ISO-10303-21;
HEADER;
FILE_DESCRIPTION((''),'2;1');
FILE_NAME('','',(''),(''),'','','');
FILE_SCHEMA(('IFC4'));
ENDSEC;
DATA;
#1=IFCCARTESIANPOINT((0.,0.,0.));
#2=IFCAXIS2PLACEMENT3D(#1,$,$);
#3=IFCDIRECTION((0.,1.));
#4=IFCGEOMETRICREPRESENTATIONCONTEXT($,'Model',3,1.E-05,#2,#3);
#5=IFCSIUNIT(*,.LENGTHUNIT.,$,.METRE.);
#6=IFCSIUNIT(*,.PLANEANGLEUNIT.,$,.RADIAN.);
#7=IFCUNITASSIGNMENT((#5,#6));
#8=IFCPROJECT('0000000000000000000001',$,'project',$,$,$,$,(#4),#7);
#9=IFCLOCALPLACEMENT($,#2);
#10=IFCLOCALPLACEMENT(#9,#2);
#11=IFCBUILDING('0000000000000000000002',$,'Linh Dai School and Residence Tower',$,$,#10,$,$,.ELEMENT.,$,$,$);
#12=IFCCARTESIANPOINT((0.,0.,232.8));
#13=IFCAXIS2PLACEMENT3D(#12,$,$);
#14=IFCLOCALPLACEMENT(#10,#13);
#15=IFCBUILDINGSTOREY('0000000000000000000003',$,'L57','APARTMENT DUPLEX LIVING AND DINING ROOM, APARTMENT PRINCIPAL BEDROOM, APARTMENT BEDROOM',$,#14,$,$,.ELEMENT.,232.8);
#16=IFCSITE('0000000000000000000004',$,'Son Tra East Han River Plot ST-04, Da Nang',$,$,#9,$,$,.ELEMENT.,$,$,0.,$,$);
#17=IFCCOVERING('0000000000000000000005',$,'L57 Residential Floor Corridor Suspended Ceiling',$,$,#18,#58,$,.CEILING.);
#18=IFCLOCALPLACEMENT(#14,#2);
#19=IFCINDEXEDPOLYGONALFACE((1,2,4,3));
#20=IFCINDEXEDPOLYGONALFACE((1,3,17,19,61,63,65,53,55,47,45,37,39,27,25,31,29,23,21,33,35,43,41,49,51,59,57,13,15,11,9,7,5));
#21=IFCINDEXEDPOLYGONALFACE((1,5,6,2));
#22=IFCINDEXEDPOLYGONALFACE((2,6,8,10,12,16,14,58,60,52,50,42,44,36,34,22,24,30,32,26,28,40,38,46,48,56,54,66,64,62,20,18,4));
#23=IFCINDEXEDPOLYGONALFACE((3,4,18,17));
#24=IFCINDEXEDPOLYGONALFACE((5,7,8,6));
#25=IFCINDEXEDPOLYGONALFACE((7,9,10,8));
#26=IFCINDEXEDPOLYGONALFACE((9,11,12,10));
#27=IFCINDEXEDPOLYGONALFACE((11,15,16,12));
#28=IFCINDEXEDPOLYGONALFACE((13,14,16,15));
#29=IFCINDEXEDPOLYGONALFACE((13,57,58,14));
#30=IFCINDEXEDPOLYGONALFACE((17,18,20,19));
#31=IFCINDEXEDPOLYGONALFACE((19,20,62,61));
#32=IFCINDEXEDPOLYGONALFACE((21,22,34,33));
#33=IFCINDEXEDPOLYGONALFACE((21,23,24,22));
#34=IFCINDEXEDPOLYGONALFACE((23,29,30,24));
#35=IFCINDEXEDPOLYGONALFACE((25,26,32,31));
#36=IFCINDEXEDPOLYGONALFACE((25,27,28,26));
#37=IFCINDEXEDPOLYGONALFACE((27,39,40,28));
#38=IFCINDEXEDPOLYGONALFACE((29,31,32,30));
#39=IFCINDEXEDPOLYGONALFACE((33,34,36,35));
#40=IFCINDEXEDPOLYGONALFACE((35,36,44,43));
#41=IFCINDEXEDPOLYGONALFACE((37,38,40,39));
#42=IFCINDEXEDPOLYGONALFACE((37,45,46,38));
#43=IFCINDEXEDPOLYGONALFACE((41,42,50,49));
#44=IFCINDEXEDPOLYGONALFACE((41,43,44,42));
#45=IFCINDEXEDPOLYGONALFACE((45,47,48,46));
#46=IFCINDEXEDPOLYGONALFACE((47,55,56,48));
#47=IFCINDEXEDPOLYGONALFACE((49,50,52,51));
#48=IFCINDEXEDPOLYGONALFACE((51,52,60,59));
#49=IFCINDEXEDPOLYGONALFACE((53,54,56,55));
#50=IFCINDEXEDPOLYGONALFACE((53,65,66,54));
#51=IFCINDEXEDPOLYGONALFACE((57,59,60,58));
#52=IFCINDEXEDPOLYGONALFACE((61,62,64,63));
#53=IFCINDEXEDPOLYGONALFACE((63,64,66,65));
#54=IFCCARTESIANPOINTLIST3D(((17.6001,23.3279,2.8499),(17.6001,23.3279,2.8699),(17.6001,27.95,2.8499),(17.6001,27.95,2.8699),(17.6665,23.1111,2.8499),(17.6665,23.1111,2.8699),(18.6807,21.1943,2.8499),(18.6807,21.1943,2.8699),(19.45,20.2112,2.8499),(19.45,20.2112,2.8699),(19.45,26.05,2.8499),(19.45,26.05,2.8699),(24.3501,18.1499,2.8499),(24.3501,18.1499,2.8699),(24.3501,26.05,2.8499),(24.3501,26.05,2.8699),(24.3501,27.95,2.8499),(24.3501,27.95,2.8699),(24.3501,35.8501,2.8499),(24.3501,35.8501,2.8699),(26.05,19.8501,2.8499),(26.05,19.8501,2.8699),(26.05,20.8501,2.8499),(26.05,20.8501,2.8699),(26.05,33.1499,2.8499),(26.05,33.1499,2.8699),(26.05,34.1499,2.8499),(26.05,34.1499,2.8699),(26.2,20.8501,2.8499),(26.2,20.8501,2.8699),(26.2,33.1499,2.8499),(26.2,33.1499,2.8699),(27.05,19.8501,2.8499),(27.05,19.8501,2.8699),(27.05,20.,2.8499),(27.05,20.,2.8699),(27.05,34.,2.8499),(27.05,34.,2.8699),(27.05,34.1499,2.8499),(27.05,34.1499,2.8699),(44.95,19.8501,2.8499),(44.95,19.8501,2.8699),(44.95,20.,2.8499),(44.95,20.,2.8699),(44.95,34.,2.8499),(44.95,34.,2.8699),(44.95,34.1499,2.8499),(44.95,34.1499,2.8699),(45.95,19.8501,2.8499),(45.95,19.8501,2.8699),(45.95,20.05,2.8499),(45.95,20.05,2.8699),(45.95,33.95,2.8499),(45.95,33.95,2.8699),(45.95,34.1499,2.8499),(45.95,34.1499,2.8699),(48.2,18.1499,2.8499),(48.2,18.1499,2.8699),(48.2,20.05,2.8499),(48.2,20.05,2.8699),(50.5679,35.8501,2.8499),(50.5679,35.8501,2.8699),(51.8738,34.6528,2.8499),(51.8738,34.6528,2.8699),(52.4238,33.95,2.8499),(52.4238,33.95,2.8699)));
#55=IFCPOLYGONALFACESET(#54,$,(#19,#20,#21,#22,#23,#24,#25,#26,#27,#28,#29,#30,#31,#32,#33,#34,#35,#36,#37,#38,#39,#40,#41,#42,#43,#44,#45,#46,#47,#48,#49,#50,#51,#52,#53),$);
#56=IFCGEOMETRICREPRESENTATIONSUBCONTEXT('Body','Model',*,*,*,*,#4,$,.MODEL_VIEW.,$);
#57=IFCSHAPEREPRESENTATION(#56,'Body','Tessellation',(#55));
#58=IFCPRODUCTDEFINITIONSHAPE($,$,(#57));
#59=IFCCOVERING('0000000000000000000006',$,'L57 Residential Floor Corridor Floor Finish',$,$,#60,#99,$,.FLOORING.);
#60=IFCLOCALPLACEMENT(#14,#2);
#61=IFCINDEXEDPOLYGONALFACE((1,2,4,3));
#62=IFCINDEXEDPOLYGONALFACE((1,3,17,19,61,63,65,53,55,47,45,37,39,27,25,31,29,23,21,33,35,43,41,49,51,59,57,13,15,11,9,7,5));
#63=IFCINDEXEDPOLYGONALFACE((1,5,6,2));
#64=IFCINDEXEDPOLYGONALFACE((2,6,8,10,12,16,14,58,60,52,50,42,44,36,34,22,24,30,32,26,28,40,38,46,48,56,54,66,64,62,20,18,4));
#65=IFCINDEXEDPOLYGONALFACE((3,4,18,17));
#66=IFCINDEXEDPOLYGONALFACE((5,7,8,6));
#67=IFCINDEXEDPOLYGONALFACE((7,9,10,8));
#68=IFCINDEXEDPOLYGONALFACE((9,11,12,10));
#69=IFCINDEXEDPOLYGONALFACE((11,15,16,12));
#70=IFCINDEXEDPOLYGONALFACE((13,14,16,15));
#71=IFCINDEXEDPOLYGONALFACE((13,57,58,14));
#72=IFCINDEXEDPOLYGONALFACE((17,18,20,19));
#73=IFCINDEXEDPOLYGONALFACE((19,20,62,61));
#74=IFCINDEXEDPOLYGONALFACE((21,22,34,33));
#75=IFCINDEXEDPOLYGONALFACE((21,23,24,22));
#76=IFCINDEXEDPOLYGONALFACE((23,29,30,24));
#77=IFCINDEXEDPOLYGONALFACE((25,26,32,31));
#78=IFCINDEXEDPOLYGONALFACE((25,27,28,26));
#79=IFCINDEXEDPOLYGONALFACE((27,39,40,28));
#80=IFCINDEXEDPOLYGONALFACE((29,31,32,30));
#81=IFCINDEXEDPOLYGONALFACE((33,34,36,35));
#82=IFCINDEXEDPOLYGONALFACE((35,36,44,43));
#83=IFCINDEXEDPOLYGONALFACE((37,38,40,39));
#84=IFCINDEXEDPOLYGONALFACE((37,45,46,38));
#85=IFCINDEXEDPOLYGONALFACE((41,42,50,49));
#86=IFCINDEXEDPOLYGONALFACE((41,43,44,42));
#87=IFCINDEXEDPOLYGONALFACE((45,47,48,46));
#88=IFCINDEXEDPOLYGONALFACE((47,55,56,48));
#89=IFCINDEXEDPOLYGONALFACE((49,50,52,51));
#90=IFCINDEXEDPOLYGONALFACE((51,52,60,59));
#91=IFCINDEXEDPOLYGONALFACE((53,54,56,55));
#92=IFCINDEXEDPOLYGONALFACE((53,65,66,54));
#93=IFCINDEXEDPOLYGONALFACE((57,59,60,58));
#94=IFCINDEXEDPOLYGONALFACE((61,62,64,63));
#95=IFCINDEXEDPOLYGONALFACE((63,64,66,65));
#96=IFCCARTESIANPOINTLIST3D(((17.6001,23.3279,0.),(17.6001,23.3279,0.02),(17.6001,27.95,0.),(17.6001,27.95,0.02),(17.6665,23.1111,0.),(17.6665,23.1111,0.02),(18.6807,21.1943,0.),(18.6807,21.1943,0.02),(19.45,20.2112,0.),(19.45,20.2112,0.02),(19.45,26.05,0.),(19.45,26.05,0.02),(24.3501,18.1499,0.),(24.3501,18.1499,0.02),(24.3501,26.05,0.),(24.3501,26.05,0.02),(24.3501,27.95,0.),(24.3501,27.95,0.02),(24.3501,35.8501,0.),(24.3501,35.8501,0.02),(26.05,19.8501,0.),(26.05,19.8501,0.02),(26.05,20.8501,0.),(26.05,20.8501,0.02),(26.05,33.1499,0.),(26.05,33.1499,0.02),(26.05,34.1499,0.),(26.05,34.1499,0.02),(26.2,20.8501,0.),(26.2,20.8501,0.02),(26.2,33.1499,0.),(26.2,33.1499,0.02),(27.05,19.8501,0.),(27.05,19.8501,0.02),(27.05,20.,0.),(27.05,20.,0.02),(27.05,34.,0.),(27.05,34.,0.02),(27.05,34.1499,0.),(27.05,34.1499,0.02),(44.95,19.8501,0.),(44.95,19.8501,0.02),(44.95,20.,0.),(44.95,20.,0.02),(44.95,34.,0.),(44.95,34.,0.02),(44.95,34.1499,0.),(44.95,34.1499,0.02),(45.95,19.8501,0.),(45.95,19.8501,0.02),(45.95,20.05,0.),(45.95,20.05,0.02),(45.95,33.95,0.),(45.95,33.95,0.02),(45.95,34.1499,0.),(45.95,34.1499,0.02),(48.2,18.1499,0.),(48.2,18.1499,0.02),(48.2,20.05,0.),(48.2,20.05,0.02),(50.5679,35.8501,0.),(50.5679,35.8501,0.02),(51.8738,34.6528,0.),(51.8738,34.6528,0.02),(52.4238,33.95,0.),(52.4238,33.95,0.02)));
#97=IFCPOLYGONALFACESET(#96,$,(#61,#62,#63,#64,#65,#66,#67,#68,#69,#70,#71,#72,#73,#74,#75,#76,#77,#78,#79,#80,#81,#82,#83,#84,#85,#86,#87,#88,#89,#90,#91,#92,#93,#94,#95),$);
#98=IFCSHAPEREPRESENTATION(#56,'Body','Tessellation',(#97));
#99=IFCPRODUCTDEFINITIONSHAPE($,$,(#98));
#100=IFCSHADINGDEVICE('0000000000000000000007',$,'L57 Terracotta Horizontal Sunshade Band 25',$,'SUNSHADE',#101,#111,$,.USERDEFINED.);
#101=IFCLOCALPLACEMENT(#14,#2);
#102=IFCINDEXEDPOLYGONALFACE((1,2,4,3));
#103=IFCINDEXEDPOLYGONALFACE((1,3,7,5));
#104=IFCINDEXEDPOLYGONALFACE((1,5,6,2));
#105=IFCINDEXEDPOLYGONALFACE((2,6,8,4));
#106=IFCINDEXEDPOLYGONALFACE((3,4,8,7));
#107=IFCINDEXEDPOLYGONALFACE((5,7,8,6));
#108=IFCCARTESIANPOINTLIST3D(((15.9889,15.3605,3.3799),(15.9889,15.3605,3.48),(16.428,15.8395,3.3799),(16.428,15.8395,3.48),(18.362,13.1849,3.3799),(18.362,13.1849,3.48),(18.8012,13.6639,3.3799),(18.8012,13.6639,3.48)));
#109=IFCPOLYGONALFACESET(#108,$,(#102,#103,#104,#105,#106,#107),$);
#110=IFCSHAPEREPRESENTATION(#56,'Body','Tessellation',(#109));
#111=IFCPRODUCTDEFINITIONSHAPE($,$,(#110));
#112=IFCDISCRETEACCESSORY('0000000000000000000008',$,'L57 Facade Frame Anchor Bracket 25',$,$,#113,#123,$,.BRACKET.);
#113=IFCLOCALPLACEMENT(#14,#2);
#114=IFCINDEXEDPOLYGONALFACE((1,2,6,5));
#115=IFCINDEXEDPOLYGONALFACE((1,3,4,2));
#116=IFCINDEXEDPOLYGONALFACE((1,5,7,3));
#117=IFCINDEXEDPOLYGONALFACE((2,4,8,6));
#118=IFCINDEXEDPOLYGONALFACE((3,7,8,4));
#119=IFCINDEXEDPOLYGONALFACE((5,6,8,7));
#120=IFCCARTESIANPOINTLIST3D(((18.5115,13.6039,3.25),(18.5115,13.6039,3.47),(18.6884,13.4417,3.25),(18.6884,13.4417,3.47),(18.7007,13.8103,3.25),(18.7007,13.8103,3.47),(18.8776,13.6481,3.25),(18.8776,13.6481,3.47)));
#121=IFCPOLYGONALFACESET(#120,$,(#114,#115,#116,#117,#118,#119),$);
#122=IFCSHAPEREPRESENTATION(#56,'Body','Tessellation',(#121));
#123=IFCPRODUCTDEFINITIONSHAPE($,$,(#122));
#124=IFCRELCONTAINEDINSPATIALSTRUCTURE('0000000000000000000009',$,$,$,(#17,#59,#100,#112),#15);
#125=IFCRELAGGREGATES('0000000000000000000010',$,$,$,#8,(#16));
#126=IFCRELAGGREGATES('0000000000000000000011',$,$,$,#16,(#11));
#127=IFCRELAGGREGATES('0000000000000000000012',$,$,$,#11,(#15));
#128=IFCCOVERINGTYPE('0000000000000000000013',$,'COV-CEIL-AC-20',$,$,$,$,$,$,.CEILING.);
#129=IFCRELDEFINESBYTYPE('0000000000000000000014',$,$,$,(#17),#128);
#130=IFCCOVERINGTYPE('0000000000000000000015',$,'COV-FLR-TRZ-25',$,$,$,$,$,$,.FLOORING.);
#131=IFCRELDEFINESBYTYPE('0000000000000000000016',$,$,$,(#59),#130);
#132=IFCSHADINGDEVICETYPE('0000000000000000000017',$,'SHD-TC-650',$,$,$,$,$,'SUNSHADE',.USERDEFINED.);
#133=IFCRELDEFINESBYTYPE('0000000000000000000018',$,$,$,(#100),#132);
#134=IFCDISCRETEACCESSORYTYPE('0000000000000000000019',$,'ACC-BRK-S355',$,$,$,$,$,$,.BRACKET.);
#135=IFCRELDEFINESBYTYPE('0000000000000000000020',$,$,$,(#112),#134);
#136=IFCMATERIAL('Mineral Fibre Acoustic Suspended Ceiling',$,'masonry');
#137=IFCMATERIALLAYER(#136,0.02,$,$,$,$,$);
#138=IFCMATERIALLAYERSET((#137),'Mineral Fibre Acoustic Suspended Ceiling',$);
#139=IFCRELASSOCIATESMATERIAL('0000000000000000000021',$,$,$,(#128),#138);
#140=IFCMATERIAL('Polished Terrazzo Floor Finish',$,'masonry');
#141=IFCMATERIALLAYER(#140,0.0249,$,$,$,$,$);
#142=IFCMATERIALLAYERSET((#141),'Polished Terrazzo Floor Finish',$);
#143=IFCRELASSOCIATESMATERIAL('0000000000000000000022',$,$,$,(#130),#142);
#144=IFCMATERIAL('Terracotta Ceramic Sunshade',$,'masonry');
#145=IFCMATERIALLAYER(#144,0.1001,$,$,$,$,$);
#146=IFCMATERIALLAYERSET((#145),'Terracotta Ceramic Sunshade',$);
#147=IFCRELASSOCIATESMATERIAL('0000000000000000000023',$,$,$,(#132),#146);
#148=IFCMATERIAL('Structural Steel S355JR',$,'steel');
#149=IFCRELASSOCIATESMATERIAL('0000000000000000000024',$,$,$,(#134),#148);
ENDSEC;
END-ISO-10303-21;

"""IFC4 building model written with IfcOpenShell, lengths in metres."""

from ifc_helpers import new_model, si_unit, direction, frame, origin, origin_2d, place, context, subcontext, project, spatial, polyline, rectangle, outline, extrude, source, transform, mapped, material, layer, layer_set, type_object, element, save


model = new_model("IFC4")

# Units and contexts
model_context = context("Model", 3, precision=1e-05, world=origin(), true_north=direction((0.0, 1.0)))
body_context = subcontext(model_context, "Body", "Model", "MODEL_VIEW")
ifc_project = project(units=[si_unit("LENGTHUNIT", "METRE"), si_unit("PLANEANGLEUNIT", "RADIAN")], contexts=[model_context])

# Site, building, storey
site_placement = place(None, origin())
site = spatial("IfcSite", under=ifc_project, at=site_placement, Name="Son Tra East Han River Plot ST-04, Da Nang", CompositionType="ELEMENT", RefElevation=0.0)
building_placement = place(site_placement, origin())
building = spatial("IfcBuilding", under=site, at=building_placement, Name="Linh Dai School and Residence Tower", CompositionType="ELEMENT")
storey_placement = place(building_placement, frame((0.0, 0.0, 232.8)))
storey = spatial("IfcBuildingStorey", under=building, at=storey_placement, Name="L57", Description="APARTMENT DUPLEX LIVING AND DINING ROOM, APARTMENT PRINCIPAL BEDROOM, APARTMENT BEDROOM", CompositionType="ELEMENT", Elevation=232.8)

# Shared definitions
ifc_material_1 = material(Name="Structural Steel S355JR", Category="steel")

# Coverings
ifc_material_2 = material(Name="Mineral Fibre Acoustic Suspended Ceiling", Category="masonry")
ifc_layer_1 = layer(ifc_material_2, 0.02)
ifc_layer_set_1 = layer_set([ifc_layer_1], Name="Mineral Fibre Acoustic Suspended Ceiling")
covering_type_1 = type_object("IfcCoveringType", Name="COV-CEIL-AC-20", PredefinedType="CEILING", material=ifc_layer_set_1)
covering_1_placement = place(storey_placement, frame((0.0, 0.0, 2.8499)))
element("IfcCovering", 1, at=covering_1_placement, inside=storey, type_object=covering_type_1, Name="L57 Residential Floor Corridor Suspended Ceiling", PredefinedType="CEILING", context=body_context, shape_type="SweptSolid", body=[
    extrude(outline(polyline([(19.45, 20.2112), (18.6807, 21.1943), (17.6665, 23.1111), (17.6001, 23.3279), (17.6001, 27.95), (24.3501, 27.95), (24.3501, 35.8501), (50.5679, 35.8501), (51.8738, 34.6528), (52.4238, 33.95), (45.95, 33.95), (45.95, 34.1499), (44.95, 34.1499), (44.95, 34.0), (27.05, 34.0), (27.05, 34.1499), (26.05, 34.1499), (26.05, 33.1499), (26.2, 33.1499), (26.2, 20.8501), (26.05, 20.8501), (26.05, 19.8501), (27.05, 19.8501), (27.05, 20.0), (44.95, 20.0), (44.95, 19.8501), (45.95, 19.8501), (45.95, 20.05), (48.2, 20.05), (48.2, 18.1499), (24.3501, 18.1499), (24.3501, 26.05), (19.45, 26.05), (19.45, 20.2112)])), origin(), (0.0, 0.0, 1.0), 0.02),
])
ifc_material_3 = material(Name="Polished Terrazzo Floor Finish", Category="masonry")
ifc_layer_2 = layer(ifc_material_3, 0.0249)
ifc_layer_set_2 = layer_set([ifc_layer_2], Name="Polished Terrazzo Floor Finish")
covering_type_2 = type_object("IfcCoveringType", Name="COV-FLR-TRZ-25", PredefinedType="FLOORING", material=ifc_layer_set_2)
covering_2_placement = place(storey_placement, origin())
element("IfcCovering", 2, at=covering_2_placement, inside=storey, type_object=covering_type_2, Name="L57 Residential Floor Corridor Floor Finish", PredefinedType="FLOORING", context=body_context, shape_type="SweptSolid", body=[
    extrude(outline(polyline([(19.45, 20.2112), (18.6807, 21.1943), (17.6665, 23.1111), (17.6001, 23.3279), (17.6001, 27.95), (24.3501, 27.95), (24.3501, 35.8501), (50.5679, 35.8501), (51.8738, 34.6528), (52.4238, 33.95), (45.95, 33.95), (45.95, 34.1499), (44.95, 34.1499), (44.95, 34.0), (27.05, 34.0), (27.05, 34.1499), (26.05, 34.1499), (26.05, 33.1499), (26.2, 33.1499), (26.2, 20.8501), (26.05, 20.8501), (26.05, 19.8501), (27.05, 19.8501), (27.05, 20.0), (44.95, 20.0), (44.95, 19.8501), (45.95, 19.8501), (45.95, 20.05), (48.2, 20.05), (48.2, 18.1499), (24.3501, 18.1499), (24.3501, 26.05), (19.45, 26.05), (19.45, 20.2112)])), origin(), (0.0, 0.0, 1.0), 0.02),
])

# Shading device
ifc_material_4 = material(Name="Terracotta Ceramic Sunshade", Category="masonry")
ifc_layer_3 = layer(ifc_material_4, 0.1001)
ifc_layer_set_3 = layer_set([ifc_layer_3], Name="Terracotta Ceramic Sunshade")
shading_device_type = type_object("IfcShadingDeviceType", Name="SHD-TC-650", ElementType="SUNSHADE", PredefinedType="USERDEFINED", material=ifc_layer_set_3)
shared_shape_1 = source(origin(), body_context, "Body", "SweptSolid", [
    extrude(rectangle(XDim=3.2195, YDim=0.6499, at=origin_2d()), origin(), (0.0, 0.0, 1.0), 0.1001),
])
shading_device_placement = place(storey_placement, frame((17.395, 14.5122, 3.3799), z_axis=(0.0, 0.0, 1.0), x_axis=(-0.737125, 0.675756, 0.0)))
element("IfcShadingDevice", 3, at=shading_device_placement, inside=storey, type_object=shading_device_type, Name="L57 Terracotta Horizontal Sunshade Band 25", ObjectType="SUNSHADE", PredefinedType="USERDEFINED", context=body_context, shape_type="MappedRepresentation", body=[
    mapped(shared_shape_1, transform((0.0, 0.0, 0.0), x_axis=(1.0, 0.0, 0.0), y_axis=(0.0, 1.0, 0.0), z_axis=(0.0, 0.0, 1.0), scale=1.0)),
])

# Discrete accessory
discrete_accessory_type = type_object("IfcDiscreteAccessoryType", Name="ACC-BRK-S355", PredefinedType="BRACKET", material=ifc_material_1)
shared_shape_2 = source(origin(), body_context, "Body", "SweptSolid", [
    extrude(rectangle(XDim=0.28, YDim=0.24, at=origin_2d()), origin(), (0.0, 0.0, 1.0), 0.22),
])
discrete_accessory_placement = place(storey_placement, frame((18.6946, 13.626, 3.25), z_axis=(0.0, 0.0, 1.0), x_axis=(-0.675756, -0.737125, 0.0)))
element("IfcDiscreteAccessory", 4, at=discrete_accessory_placement, inside=storey, type_object=discrete_accessory_type, Name="L57 Facade Frame Anchor Bracket 25", PredefinedType="BRACKET", context=body_context, shape_type="MappedRepresentation", body=[
    mapped(shared_shape_2, transform((0.0, 0.0, 0.0), x_axis=(1.0, 0.0, 0.0), y_axis=(0.0, 1.0, 0.0), z_axis=(0.0, 0.0, 1.0), scale=1.0)),
])

save(model, "model.ifc")
